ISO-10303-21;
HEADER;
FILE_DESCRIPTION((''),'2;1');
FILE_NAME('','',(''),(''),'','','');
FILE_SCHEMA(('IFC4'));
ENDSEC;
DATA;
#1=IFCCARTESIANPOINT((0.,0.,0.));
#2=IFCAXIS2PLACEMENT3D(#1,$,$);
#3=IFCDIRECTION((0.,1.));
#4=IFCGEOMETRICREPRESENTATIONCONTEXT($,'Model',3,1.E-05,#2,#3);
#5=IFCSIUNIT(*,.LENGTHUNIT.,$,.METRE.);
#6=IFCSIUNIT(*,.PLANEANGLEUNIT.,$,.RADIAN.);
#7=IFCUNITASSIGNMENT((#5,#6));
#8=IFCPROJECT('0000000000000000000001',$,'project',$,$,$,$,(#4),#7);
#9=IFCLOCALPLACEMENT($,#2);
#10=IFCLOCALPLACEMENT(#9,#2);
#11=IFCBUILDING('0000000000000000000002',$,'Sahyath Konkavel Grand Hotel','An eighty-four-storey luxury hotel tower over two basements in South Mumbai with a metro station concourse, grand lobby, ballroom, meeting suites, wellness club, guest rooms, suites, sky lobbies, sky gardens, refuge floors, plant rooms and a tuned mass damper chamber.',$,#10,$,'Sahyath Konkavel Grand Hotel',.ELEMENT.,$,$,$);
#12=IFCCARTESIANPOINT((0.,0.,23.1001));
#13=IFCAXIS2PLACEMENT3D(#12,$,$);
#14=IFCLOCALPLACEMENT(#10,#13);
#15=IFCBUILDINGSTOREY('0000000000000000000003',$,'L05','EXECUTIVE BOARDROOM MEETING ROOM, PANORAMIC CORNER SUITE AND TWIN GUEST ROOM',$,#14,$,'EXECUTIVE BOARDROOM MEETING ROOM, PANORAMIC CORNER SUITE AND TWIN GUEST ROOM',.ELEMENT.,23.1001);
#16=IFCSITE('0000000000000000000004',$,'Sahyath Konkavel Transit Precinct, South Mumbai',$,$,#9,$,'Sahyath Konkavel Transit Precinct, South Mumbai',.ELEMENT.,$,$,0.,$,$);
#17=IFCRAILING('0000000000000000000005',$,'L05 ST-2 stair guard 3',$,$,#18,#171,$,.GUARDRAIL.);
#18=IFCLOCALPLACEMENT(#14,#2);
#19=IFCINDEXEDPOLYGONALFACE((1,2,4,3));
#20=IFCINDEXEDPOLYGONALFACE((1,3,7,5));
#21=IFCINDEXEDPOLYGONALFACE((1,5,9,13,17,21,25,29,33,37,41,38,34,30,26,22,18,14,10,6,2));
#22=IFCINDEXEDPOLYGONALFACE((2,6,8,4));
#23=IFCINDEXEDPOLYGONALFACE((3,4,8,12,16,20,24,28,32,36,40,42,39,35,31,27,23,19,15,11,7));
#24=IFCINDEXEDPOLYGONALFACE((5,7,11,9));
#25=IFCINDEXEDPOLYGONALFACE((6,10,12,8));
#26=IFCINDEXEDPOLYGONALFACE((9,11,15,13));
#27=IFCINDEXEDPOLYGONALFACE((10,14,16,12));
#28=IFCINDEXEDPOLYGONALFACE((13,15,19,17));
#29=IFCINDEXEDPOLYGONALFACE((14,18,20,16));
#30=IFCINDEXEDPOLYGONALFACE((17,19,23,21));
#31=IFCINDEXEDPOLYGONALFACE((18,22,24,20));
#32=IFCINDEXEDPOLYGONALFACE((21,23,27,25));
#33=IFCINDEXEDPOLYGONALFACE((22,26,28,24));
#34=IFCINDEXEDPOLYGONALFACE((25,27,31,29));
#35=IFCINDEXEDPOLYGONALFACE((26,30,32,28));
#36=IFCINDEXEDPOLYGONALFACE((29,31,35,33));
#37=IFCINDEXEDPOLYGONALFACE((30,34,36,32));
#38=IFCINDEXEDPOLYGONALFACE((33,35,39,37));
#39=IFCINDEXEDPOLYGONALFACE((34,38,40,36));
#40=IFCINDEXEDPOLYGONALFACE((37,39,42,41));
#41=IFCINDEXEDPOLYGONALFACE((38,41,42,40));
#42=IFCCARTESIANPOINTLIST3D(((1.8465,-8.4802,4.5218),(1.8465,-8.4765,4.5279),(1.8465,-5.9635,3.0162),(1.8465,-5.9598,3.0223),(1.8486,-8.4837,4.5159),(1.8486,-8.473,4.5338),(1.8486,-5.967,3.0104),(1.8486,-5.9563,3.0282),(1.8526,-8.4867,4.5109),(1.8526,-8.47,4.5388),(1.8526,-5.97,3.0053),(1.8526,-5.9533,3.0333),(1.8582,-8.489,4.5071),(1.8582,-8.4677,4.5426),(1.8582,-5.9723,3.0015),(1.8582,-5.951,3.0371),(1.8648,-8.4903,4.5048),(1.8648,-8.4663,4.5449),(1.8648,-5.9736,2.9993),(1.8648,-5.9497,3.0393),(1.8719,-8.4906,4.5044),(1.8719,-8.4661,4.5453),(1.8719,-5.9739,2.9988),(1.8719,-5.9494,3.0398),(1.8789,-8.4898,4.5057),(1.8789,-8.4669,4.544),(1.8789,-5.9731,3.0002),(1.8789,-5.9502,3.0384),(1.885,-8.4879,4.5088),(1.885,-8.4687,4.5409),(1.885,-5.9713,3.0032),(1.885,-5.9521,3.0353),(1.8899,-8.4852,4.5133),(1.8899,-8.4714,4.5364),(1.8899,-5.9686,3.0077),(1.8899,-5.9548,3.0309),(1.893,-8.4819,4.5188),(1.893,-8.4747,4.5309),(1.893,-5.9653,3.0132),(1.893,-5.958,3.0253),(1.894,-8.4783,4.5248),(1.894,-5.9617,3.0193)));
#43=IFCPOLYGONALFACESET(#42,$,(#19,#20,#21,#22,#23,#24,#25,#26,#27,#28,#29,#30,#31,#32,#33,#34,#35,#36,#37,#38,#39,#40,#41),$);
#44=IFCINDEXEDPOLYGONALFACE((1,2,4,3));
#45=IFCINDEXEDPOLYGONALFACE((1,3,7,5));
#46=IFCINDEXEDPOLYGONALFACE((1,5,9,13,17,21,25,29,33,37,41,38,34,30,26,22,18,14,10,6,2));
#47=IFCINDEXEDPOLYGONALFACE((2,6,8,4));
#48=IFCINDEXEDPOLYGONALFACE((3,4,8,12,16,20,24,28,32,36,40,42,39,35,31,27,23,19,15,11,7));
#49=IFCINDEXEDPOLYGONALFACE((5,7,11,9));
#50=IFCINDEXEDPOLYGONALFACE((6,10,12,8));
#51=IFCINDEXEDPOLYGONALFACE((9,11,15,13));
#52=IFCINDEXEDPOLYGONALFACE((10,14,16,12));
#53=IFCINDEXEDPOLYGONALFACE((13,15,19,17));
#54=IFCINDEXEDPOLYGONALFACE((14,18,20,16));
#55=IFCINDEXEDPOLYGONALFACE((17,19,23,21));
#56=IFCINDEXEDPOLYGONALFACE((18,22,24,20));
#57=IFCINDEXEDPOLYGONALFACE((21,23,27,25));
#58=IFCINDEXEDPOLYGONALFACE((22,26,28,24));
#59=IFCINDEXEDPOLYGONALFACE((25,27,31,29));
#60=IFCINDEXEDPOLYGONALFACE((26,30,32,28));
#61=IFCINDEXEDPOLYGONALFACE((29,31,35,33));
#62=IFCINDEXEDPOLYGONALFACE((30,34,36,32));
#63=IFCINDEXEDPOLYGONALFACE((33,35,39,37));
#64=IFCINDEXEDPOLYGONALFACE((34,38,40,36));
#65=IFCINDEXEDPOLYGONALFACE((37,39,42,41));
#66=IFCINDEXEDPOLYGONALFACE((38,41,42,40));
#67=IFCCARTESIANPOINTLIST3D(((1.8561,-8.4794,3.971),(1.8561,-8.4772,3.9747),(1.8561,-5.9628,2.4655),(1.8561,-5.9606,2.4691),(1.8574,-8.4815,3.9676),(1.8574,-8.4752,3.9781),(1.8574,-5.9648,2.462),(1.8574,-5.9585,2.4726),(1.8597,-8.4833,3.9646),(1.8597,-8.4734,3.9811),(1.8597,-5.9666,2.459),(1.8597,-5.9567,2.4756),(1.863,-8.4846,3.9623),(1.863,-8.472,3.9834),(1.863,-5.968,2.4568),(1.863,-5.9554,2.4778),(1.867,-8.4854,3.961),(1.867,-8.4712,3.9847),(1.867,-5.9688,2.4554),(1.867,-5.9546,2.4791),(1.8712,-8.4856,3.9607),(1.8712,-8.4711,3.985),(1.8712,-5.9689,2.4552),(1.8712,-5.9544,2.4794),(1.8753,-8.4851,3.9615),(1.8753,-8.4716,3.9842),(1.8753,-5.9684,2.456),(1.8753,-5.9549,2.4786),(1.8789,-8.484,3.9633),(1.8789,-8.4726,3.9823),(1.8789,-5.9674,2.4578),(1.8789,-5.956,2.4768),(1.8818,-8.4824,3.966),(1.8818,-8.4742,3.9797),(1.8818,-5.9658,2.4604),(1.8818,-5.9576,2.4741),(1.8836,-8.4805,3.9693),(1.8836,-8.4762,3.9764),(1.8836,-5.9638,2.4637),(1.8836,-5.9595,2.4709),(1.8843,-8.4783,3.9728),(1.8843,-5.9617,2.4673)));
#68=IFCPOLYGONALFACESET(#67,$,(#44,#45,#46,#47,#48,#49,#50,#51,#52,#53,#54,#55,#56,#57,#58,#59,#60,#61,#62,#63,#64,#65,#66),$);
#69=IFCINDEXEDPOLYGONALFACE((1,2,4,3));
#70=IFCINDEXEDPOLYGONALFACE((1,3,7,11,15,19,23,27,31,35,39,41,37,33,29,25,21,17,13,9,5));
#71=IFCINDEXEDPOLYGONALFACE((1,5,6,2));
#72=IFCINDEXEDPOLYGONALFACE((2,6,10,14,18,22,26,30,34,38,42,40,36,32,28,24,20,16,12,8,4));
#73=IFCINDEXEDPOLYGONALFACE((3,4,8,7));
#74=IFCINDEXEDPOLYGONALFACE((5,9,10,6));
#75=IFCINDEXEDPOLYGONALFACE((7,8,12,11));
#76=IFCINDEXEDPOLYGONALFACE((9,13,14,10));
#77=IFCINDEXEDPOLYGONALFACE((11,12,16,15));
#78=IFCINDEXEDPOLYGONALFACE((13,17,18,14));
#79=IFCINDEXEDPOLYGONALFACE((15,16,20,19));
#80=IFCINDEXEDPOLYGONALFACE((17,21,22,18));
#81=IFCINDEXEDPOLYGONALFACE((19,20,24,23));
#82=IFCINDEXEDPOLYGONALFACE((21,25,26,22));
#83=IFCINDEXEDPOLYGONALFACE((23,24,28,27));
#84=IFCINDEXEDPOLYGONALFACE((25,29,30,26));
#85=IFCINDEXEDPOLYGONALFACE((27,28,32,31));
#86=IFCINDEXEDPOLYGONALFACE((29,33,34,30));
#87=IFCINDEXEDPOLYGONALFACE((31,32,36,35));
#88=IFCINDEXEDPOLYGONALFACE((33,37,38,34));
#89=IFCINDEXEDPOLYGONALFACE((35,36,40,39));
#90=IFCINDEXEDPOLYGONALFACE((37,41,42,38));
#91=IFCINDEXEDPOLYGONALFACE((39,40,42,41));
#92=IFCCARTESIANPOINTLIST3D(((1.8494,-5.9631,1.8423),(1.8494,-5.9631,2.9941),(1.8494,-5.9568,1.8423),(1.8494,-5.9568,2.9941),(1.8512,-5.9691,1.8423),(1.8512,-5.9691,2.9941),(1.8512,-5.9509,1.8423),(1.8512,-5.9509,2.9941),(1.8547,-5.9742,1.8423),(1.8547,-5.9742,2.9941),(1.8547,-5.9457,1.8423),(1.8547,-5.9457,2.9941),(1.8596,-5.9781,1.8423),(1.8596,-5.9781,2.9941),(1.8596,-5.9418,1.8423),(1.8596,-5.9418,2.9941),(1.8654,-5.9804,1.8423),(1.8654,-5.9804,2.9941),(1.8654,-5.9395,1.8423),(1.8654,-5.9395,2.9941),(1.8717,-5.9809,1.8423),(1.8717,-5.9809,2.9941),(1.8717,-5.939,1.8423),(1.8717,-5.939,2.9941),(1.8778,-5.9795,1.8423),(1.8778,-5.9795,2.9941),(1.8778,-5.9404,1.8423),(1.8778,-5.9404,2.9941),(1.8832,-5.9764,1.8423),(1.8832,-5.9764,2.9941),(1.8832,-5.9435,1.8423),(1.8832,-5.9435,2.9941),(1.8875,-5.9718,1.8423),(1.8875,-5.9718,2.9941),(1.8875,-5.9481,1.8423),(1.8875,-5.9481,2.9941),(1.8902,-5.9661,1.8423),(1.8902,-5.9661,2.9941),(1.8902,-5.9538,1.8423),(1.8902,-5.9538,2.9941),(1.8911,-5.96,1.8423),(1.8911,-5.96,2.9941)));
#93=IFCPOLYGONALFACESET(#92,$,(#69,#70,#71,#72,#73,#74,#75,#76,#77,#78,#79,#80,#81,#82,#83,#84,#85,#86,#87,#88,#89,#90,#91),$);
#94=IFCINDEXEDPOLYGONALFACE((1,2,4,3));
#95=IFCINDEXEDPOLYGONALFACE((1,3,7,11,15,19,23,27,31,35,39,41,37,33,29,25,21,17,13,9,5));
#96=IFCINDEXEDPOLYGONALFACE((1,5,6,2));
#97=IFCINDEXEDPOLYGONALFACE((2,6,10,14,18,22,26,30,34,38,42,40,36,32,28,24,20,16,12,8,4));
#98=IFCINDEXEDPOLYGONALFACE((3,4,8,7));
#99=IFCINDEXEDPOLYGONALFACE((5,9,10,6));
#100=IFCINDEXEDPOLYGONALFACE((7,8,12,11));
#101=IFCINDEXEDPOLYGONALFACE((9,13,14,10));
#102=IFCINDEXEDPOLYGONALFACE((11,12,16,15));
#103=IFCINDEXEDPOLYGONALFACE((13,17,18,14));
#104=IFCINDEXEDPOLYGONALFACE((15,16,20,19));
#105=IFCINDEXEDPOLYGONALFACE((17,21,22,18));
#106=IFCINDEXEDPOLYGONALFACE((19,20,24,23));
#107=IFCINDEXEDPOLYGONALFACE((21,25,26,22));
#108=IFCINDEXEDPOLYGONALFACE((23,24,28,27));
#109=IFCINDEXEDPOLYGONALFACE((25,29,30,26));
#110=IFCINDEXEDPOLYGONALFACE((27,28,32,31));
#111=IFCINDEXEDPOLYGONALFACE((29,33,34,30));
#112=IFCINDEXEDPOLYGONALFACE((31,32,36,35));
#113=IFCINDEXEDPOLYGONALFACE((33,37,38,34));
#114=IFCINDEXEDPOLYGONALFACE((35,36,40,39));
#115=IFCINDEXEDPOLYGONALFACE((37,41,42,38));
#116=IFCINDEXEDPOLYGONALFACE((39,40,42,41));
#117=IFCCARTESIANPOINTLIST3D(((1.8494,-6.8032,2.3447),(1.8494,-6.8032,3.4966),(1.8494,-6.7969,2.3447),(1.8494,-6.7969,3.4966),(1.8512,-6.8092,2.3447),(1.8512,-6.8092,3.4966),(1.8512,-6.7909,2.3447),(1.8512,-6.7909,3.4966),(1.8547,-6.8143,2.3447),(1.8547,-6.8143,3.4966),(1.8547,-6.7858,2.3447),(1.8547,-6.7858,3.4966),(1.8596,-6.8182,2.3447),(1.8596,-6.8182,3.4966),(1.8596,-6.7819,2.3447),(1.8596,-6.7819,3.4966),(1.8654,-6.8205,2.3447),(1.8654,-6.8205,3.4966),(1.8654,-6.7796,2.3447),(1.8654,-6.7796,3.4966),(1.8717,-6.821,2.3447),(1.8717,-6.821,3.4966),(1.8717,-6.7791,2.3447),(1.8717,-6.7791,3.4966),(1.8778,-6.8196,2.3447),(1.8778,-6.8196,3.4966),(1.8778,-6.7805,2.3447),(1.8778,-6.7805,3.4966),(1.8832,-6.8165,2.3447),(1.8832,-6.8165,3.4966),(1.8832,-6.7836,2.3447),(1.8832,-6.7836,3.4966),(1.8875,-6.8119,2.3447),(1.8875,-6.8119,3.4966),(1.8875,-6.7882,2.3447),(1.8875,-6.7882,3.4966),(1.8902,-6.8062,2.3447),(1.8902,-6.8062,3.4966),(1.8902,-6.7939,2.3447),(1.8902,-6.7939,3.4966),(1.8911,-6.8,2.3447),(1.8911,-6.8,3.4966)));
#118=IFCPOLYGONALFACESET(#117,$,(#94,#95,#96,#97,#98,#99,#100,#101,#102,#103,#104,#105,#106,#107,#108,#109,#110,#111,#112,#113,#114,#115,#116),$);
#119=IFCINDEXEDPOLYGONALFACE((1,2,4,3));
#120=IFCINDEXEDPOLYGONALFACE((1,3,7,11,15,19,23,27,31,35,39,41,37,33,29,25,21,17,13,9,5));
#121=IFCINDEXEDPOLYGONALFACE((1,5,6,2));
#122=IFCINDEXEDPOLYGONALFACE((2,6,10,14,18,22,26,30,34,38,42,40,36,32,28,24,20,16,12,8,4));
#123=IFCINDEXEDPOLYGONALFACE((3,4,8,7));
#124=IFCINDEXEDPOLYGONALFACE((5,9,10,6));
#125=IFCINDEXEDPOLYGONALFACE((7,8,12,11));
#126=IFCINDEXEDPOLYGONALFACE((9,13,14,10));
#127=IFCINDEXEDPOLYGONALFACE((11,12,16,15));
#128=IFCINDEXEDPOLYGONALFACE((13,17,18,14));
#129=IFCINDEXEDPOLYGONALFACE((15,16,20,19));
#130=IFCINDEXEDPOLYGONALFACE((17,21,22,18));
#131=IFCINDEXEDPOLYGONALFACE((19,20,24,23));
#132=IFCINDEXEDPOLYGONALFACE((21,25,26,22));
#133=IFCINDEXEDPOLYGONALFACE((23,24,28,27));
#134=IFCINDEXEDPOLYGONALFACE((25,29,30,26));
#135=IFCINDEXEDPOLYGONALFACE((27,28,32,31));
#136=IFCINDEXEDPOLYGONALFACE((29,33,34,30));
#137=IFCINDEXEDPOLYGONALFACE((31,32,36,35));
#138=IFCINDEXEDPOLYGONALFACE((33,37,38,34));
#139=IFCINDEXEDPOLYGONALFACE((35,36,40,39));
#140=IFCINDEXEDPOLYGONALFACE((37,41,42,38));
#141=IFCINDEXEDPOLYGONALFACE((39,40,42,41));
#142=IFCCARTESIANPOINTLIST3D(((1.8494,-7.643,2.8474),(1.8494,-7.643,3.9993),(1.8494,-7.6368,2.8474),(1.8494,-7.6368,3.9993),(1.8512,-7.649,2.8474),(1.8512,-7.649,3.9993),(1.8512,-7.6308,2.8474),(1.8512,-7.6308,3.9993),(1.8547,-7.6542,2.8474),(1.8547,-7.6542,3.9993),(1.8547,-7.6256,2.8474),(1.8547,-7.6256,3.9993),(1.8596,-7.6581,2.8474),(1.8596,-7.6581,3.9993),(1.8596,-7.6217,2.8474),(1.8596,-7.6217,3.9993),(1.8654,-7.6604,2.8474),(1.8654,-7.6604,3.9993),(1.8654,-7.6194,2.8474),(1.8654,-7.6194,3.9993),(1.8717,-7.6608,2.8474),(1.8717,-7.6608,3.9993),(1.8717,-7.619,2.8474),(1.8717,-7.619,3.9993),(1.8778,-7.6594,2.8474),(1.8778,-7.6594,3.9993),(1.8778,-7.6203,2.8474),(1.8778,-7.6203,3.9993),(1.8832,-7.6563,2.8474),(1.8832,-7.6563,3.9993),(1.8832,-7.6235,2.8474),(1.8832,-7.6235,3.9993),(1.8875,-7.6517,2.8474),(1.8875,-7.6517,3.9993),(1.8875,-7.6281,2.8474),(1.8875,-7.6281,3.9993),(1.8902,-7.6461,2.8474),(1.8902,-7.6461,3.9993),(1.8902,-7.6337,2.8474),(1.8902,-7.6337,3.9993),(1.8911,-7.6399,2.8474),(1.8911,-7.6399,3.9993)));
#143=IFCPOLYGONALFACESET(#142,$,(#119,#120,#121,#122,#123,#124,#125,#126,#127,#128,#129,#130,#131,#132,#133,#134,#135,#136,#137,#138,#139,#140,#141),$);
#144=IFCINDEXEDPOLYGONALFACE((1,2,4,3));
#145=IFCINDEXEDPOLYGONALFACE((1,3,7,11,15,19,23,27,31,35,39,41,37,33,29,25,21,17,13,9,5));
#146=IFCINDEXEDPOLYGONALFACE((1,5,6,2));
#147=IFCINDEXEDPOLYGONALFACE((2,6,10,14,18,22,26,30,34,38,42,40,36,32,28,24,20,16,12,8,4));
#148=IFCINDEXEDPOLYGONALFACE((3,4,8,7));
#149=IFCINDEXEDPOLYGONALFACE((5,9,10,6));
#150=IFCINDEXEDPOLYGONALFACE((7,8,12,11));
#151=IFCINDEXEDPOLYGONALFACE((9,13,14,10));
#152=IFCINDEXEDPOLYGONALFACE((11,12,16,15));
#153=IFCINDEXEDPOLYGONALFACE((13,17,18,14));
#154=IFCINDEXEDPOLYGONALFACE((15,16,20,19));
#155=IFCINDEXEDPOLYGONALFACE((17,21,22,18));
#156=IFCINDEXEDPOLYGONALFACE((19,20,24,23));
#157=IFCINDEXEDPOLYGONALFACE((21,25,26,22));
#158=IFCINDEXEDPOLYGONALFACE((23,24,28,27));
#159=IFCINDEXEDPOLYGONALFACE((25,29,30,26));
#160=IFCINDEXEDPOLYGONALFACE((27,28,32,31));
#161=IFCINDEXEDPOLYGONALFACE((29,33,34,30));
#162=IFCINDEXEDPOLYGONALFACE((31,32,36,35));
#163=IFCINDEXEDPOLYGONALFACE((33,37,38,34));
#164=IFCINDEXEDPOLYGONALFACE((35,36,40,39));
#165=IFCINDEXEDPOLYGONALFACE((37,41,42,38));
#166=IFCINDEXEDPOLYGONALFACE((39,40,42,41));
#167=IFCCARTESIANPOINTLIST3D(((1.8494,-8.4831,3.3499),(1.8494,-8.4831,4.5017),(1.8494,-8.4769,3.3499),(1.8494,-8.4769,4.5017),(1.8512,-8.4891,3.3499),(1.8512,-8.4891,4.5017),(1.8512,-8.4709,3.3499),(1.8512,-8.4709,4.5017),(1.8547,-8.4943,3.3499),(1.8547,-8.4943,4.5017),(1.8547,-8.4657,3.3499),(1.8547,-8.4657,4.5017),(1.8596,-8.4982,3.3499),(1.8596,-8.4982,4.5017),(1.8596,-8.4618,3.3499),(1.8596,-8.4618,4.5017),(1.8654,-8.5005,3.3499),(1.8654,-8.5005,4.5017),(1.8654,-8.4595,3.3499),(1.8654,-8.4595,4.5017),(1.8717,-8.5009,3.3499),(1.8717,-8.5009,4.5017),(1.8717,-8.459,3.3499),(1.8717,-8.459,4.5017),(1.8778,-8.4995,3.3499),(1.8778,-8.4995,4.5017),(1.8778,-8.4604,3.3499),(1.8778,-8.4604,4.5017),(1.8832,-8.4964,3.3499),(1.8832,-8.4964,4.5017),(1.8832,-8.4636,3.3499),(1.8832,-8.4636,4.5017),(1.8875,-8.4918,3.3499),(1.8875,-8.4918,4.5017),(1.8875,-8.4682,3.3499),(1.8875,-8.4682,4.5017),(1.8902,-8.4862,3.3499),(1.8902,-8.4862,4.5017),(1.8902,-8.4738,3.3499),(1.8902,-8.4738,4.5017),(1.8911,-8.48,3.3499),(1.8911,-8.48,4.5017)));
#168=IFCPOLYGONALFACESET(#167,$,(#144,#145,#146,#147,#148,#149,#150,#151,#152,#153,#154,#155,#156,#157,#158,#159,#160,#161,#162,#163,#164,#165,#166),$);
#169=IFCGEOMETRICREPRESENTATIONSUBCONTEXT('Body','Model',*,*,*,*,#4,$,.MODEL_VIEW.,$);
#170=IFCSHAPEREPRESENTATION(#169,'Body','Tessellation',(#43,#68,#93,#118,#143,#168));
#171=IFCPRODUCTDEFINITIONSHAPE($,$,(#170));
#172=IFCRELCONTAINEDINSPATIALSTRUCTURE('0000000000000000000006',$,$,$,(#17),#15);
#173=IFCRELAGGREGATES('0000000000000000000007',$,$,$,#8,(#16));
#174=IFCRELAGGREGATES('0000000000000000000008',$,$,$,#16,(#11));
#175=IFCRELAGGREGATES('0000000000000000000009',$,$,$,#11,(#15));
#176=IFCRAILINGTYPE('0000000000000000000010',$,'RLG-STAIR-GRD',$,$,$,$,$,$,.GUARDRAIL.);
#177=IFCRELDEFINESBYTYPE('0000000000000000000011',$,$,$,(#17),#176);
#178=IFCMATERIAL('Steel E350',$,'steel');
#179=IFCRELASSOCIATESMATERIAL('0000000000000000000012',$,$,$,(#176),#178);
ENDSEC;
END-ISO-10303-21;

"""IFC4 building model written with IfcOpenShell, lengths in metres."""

from ifc_helpers import new_model, si_unit, direction, frame, origin, origin_2d, place, context, subcontext, project, spatial, circle, extrude, material, type_object, element, save


model = new_model("IFC4")

# Units and contexts
model_context = context("Model", 3, precision=1e-05, world=origin(), true_north=direction((0.0, 1.0)))
body_context = subcontext(model_context, "Body", "Model", "MODEL_VIEW")
ifc_project = project(units=[si_unit("LENGTHUNIT", "METRE"), si_unit("PLANEANGLEUNIT", "RADIAN")], contexts=[model_context])

# Site, building, storey
site_placement = place(None, origin())
site = spatial("IfcSite", under=ifc_project, at=site_placement, Name="Sahyath Konkavel Transit Precinct, South Mumbai", LongName="Sahyath Konkavel Transit Precinct, South Mumbai", CompositionType="ELEMENT", RefElevation=0.0)
building_placement = place(site_placement, origin())
building = spatial("IfcBuilding", under=site, at=building_placement, Name="Sahyath Konkavel Grand Hotel", Description="An eighty-four-storey luxury hotel tower over two basements in South Mumbai with a metro station concourse, grand lobby, ballroom, meeting suites, wellness club, guest rooms, suites, sky lobbies, sky gardens, refuge floors, plant rooms and a tuned mass damper chamber.", LongName="Sahyath Konkavel Grand Hotel", CompositionType="ELEMENT")
storey_placement = place(building_placement, frame((0.0, 0.0, 23.1001)))
storey = spatial("IfcBuildingStorey", under=building, at=storey_placement, Name="L05", Description="EXECUTIVE BOARDROOM MEETING ROOM, PANORAMIC CORNER SUITE AND TWIN GUEST ROOM", LongName="EXECUTIVE BOARDROOM MEETING ROOM, PANORAMIC CORNER SUITE AND TWIN GUEST ROOM", CompositionType="ELEMENT", Elevation=23.1001)

# Shared definitions
ifc_material_1 = material(Name="Steel E350", Category="steel")

# Railing
railing_type_1 = type_object("IfcRailingType", Name="RLG-STAIR-GRD", PredefinedType="GUARDRAIL", material=ifc_material_1)
railing_1_placement = place(storey_placement, frame((1.8701, -5.96, 1.8423)))
element("IfcRailing", 1, at=railing_1_placement, inside=storey, type_object=railing_type_1, Name="L05 ST-2 stair guard 3", PredefinedType="GUARDRAIL", context=body_context, shape_type="SweptSolid", body=[
    extrude(circle(Radius=0.0239, at=origin_2d()), frame((0.0, -0.0017, 1.177), z_axis=(0.0, -0.85816, 0.513383), x_axis=(1.0, 0.0, 0.0)), (0.0, 0.0, 1.0), 2.9326),
    extrude(circle(Radius=0.0142, at=origin_2d()), frame((0.0, -0.0017, 0.625), z_axis=(0.0, -0.85816, 0.513383), x_axis=(1.0, 0.0, 0.0)), (0.0, 0.0, 1.0), 2.9326),
    extrude(circle(Radius=0.021, at=origin_2d()), origin(), (0.0, 0.0, 1.0), 1.1519),
    extrude(circle(Radius=0.021, at=origin_2d()), frame((0.0, -0.8401, 0.5024)), (0.0, 0.0, 1.0), 1.1519),
    extrude(circle(Radius=0.021, at=origin_2d()), frame((0.0, -1.6799, 1.0051)), (0.0, 0.0, 1.0), 1.1519),
    extrude(circle(Radius=0.021, at=origin_2d()), frame((0.0, -2.52, 1.5076)), (0.0, 0.0, 1.0), 1.1519),
])

save(model, "model.ifc")
